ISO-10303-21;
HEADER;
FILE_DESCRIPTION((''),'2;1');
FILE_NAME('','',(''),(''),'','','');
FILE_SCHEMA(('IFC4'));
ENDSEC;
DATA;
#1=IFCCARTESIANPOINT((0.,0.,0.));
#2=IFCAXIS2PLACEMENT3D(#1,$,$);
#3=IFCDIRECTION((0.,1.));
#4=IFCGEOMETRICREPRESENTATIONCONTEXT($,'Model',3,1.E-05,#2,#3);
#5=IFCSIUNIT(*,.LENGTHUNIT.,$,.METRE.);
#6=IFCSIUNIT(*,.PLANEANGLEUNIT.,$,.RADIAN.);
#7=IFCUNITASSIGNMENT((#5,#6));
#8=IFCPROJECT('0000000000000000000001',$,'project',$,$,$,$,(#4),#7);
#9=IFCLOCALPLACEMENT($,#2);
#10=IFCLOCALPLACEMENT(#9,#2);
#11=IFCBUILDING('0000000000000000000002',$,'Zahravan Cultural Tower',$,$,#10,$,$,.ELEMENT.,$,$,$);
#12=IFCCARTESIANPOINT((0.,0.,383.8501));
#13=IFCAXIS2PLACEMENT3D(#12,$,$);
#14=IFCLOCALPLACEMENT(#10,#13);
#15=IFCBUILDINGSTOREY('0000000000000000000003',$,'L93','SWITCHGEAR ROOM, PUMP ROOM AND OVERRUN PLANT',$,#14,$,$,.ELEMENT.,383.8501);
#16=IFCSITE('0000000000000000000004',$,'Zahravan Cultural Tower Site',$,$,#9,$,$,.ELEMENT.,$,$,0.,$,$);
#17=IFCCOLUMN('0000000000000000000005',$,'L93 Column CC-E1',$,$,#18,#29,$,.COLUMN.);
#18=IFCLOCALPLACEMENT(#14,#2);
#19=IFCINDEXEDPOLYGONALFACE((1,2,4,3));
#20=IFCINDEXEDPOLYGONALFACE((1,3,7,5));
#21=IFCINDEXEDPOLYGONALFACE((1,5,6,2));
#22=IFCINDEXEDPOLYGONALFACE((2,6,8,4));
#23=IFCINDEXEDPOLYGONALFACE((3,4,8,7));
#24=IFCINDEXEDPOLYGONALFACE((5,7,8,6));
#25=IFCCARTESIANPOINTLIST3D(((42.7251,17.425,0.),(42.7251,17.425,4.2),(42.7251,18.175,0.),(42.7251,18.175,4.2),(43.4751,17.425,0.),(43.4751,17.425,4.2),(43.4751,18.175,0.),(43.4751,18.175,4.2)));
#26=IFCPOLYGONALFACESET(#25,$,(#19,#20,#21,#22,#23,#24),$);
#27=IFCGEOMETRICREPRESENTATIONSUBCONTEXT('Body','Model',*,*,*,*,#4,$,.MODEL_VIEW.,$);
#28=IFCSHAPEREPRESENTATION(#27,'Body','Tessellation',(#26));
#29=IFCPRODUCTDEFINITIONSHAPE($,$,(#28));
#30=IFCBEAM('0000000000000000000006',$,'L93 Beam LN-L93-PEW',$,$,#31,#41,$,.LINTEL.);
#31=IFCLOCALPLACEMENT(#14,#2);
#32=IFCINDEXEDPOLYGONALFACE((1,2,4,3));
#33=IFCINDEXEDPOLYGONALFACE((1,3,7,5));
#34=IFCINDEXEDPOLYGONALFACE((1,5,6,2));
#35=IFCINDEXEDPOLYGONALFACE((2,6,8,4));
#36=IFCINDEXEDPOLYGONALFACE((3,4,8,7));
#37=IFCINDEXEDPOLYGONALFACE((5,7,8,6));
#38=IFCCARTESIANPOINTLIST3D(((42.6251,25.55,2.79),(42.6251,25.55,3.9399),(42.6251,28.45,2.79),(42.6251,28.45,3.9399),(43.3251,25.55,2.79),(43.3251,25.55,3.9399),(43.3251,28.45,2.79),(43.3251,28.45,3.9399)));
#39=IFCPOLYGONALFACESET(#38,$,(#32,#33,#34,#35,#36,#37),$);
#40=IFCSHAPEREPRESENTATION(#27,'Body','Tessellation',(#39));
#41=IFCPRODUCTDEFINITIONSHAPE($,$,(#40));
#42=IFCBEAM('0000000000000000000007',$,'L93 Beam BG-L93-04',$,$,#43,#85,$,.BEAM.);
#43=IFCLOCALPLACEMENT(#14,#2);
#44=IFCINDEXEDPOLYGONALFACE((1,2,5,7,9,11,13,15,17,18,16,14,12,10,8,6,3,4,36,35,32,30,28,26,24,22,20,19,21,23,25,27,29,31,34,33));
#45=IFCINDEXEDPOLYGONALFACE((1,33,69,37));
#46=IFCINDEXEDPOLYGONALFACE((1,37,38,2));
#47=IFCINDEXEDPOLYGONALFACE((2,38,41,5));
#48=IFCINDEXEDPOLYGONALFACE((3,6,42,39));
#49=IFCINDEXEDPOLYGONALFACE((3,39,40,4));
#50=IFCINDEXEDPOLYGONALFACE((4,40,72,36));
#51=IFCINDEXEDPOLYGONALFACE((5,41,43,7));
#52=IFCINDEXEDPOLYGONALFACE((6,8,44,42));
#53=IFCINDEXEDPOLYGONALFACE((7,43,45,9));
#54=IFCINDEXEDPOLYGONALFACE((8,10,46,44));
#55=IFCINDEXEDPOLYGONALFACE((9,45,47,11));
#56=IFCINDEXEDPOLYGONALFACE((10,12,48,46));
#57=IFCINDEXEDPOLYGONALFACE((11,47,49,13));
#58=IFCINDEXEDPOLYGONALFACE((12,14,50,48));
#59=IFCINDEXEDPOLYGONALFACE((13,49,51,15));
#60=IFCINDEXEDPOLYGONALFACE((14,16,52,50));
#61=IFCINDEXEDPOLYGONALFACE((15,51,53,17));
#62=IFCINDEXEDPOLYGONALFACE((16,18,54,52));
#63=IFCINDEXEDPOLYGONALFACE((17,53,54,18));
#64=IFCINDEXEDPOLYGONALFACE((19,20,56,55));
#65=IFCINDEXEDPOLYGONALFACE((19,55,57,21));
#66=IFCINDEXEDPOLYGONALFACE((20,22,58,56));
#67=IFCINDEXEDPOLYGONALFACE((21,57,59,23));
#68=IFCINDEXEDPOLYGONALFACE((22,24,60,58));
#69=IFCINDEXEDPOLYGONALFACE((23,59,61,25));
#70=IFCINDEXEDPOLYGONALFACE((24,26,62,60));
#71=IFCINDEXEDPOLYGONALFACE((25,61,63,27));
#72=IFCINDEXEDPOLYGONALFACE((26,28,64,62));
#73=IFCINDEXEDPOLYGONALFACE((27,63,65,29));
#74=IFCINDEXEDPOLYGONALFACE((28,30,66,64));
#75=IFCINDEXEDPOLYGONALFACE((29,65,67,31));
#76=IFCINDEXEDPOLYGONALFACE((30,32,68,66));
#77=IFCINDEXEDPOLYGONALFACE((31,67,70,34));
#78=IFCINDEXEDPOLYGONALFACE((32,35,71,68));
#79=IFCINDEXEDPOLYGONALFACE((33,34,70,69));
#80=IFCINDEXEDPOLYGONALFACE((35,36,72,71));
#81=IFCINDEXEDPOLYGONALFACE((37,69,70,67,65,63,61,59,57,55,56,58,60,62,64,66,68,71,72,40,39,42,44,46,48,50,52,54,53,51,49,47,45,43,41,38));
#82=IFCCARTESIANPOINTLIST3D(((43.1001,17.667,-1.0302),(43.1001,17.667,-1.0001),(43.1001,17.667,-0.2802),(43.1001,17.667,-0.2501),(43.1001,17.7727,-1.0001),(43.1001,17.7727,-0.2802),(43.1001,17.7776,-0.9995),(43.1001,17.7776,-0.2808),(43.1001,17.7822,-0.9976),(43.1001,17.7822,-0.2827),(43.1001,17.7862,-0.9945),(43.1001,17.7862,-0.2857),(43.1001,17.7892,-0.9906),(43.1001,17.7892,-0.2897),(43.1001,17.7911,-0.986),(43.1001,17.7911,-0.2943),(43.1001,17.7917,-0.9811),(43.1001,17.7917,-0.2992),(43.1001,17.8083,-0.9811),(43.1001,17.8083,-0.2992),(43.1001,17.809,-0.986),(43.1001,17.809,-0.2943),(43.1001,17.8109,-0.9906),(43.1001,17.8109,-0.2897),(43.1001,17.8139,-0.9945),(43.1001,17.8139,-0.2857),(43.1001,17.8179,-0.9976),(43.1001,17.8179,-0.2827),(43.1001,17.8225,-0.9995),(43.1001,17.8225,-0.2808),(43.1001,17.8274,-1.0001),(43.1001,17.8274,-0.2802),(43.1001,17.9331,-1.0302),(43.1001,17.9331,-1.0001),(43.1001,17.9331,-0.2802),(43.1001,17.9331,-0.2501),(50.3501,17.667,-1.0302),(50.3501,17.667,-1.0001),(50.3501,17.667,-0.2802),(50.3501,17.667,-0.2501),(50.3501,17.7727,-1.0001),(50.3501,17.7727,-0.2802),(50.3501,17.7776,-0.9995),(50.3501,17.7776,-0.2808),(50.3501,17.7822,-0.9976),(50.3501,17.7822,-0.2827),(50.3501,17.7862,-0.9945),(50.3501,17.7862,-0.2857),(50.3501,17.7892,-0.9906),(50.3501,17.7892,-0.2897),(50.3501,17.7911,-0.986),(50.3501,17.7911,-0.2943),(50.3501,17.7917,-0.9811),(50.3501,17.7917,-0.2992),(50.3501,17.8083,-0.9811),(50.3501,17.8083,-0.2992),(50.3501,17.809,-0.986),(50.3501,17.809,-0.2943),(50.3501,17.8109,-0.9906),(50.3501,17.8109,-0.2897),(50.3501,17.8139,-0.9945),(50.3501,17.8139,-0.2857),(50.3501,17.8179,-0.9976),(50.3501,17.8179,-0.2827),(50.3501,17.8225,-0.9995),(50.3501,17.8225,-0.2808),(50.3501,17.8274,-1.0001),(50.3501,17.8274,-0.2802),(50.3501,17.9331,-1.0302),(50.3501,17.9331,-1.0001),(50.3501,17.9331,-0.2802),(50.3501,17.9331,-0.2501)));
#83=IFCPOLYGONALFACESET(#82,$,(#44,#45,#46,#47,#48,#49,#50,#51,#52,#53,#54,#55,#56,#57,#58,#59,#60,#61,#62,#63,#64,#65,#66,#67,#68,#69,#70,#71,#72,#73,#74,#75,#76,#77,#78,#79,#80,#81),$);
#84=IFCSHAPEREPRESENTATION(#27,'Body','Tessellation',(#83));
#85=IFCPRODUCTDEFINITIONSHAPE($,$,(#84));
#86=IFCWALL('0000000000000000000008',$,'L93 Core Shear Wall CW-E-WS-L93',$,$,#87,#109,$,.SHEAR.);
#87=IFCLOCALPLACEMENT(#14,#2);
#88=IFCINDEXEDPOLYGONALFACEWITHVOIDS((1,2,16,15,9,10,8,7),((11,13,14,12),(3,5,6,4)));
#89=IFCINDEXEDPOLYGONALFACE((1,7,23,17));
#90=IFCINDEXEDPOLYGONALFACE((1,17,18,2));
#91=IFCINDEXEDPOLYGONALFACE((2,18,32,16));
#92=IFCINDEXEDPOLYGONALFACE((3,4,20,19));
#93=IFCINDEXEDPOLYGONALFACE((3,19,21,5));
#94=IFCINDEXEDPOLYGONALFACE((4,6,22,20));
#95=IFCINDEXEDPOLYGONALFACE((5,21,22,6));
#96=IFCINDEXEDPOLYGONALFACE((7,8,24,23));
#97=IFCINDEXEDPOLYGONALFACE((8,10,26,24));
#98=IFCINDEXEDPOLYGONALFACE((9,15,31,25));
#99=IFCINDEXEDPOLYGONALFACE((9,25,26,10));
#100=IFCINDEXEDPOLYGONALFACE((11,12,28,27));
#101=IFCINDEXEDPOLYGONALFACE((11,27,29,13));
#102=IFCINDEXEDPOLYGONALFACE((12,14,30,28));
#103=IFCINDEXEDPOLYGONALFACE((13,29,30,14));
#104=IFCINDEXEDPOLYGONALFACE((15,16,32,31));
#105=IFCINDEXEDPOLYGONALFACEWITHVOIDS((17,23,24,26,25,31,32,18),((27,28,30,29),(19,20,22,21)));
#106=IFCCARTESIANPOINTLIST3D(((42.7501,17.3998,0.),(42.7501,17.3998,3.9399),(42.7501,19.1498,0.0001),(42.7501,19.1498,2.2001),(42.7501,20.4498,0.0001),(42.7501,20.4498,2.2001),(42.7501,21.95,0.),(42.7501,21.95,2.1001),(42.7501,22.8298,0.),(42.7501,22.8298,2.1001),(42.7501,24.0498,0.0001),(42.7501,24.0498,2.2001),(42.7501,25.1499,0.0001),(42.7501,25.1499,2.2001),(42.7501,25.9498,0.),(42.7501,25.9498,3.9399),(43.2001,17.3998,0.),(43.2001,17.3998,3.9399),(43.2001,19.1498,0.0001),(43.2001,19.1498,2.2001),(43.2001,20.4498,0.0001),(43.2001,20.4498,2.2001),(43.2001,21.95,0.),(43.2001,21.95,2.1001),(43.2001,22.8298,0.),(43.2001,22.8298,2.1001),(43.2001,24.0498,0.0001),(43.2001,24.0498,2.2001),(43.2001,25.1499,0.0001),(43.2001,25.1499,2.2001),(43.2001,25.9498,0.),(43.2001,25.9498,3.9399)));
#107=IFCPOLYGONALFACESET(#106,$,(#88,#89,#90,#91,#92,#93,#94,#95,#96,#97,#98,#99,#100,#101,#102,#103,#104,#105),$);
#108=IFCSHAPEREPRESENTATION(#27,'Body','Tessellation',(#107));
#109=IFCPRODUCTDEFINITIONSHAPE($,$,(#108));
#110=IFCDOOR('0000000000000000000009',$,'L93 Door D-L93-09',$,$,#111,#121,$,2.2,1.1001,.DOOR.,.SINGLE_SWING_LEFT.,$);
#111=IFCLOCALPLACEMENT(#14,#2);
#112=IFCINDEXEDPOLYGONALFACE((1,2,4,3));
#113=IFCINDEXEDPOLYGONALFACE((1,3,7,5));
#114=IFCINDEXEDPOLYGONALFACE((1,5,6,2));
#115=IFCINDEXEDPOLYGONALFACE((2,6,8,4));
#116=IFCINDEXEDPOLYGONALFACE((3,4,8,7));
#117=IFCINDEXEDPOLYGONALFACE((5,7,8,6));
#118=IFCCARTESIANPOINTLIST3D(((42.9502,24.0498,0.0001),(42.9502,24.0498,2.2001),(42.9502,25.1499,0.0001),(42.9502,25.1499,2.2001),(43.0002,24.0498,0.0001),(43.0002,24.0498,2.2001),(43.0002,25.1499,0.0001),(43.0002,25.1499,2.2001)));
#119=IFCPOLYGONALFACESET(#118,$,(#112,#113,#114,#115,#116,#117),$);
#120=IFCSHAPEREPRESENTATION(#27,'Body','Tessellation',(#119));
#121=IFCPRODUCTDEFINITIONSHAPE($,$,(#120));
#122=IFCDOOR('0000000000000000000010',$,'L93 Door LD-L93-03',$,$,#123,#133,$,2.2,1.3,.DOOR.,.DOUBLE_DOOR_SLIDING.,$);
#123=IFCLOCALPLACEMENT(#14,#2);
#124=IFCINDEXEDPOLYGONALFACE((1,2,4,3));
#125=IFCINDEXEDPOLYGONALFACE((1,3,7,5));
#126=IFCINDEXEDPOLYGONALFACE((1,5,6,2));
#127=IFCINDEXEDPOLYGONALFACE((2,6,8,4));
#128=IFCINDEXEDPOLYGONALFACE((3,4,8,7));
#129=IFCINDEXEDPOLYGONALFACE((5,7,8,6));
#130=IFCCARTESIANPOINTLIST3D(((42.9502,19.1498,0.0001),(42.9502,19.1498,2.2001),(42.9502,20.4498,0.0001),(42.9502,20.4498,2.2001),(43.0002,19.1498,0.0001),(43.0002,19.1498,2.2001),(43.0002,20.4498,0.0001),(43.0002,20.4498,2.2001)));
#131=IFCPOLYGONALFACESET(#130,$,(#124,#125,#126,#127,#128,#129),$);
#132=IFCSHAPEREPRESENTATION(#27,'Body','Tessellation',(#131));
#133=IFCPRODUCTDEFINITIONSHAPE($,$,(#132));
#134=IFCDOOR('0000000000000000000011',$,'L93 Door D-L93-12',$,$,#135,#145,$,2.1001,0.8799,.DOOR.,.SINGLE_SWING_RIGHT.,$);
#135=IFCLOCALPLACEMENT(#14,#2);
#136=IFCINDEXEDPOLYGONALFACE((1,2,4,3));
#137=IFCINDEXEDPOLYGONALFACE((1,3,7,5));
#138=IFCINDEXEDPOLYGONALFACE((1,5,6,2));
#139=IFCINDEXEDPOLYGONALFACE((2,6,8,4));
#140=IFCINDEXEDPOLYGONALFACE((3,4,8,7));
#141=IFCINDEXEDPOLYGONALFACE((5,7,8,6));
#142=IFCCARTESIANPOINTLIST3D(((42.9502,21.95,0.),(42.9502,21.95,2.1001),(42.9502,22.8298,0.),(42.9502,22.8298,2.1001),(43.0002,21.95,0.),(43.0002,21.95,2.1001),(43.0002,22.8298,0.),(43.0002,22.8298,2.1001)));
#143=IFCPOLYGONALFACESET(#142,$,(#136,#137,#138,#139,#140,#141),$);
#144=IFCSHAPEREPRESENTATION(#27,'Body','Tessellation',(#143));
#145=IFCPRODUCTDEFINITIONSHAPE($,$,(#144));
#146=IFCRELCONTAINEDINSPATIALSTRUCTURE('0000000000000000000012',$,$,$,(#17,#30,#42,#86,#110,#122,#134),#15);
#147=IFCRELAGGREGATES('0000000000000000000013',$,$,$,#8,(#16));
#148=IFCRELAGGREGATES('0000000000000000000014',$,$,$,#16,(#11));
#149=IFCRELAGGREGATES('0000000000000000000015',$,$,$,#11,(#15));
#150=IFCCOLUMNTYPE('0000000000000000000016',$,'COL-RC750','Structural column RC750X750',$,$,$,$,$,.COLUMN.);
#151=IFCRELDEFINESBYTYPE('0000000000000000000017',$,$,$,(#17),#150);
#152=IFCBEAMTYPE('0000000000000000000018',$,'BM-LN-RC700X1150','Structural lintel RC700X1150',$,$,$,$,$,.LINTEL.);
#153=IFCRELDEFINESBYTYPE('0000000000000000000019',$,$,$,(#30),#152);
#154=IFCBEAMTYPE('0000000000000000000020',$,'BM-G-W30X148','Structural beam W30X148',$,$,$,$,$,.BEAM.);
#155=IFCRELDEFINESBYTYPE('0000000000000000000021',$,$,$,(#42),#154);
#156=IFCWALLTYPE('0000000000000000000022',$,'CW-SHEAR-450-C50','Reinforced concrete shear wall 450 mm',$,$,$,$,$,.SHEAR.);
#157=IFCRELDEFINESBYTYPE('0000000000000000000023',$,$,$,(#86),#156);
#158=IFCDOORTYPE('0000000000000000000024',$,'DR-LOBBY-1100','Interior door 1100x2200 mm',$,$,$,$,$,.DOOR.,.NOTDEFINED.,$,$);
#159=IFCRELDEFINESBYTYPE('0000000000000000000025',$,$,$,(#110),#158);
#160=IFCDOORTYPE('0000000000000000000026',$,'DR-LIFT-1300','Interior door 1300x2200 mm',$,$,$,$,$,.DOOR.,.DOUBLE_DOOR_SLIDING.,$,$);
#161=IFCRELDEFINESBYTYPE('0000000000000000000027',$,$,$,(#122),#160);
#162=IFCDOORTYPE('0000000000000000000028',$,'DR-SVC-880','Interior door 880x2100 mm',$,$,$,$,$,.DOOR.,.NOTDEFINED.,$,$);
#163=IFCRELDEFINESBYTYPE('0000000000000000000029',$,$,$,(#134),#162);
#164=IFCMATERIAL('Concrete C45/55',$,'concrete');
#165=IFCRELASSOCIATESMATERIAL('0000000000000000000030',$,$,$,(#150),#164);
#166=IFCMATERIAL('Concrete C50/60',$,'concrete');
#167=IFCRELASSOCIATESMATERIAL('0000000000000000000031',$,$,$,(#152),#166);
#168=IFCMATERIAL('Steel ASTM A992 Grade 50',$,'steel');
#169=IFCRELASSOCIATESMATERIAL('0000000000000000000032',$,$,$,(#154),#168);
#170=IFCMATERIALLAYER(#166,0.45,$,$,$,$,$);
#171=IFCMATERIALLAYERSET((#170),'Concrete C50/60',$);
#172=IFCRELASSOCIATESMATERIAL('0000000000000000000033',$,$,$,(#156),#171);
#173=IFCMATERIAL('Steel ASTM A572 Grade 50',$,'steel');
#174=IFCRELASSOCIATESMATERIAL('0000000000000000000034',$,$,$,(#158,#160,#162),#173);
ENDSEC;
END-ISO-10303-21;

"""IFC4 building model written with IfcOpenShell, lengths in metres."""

from ifc_helpers import new_model, si_unit, direction, frame, frame_2d, origin, origin_2d, place, context, subcontext, project, spatial, rectangle, i_section, extrude, source, transform, mapped, material, layer, layer_set, material_profile, profile_set, type_object, element, fill, save


model = new_model("IFC4")

# Units and contexts
model_context = context("Model", 3, precision=1e-05, world=origin(), true_north=direction((0.0, 1.0)))
body_context = subcontext(model_context, "Body", "Model", "MODEL_VIEW")
ifc_project = project(units=[si_unit("LENGTHUNIT", "METRE"), si_unit("PLANEANGLEUNIT", "RADIAN")], contexts=[model_context])

# Site, building, storey
site_placement = place(None, origin())
site = spatial("IfcSite", under=ifc_project, at=site_placement, Name="Zahravan Cultural Tower Site", CompositionType="ELEMENT", RefElevation=0.0)
building_placement = place(site_placement, origin())
building = spatial("IfcBuilding", under=site, at=building_placement, Name="Zahravan Cultural Tower", CompositionType="ELEMENT")
storey_placement = place(building_placement, frame((0.0, 0.0, 383.8501)))
storey = spatial("IfcBuildingStorey", under=building, at=storey_placement, Name="L93", Description="SWITCHGEAR ROOM, PUMP ROOM AND OVERRUN PLANT", CompositionType="ELEMENT", Elevation=383.8501)

# Column
ifc_material_1 = material(Name="Concrete C45/55", Category="concrete")
ifc_material_profile_1 = material_profile(ifc_material_1, rectangle(XDim=0.75, YDim=0.75, at=origin_2d()), Name="RC750X750")
ifc_profile_set_1 = profile_set([ifc_material_profile_1], Name="Concrete C45/55")
column_type = type_object("IfcColumnType", Name="COL-RC750", Description="Structural column RC750X750", PredefinedType="COLUMN", material=ifc_profile_set_1)
shared_shape_1 = source(origin(), body_context, "Body", "SweptSolid", [
    extrude(rectangle(XDim=0.75, YDim=0.75, at=origin_2d()), origin(), (0.0, 0.0, 1.0), 4.2),
])
column_placement = place(storey_placement, frame((43.1001, 17.8, 0.0), z_axis=(0.0, 0.0, 1.0), x_axis=(1.0, 0.0, 0.0)))
element("IfcColumn", 1, at=column_placement, inside=storey, type_object=column_type, Name="L93 Column CC-E1", PredefinedType="COLUMN", context=body_context, shape_type="MappedRepresentation", body=[
    mapped(shared_shape_1, transform((0.0, 0.0, 0.0), x_axis=(1.0, 0.0, 0.0), y_axis=(0.0, 1.0, 0.0), z_axis=(0.0, 0.0, 1.0), scale=1.0)),
])

# Beams
ifc_material_2 = material(Name="Concrete C50/60", Category="concrete")
ifc_material_profile_2 = material_profile(ifc_material_2, rectangle(XDim=0.7, YDim=1.1499, at=origin_2d()), Name="RC700X1150")
ifc_profile_set_2 = profile_set([ifc_material_profile_2], Name="Concrete C50/60")
beam_type_1 = type_object("IfcBeamType", Name="BM-LN-RC700X1150", Description="Structural lintel RC700X1150", PredefinedType="LINTEL", material=ifc_profile_set_2)
shared_shape_2 = source(origin(), body_context, "Body", "SweptSolid", [
    extrude(rectangle(XDim=0.7, YDim=1.1499, at=origin_2d()), origin(), (0.0, 0.0, 1.0), 2.8999),
])
beam_1_placement = place(storey_placement, frame((42.9751, 25.55, 3.365), z_axis=(0.0, 1.0, 0.0), x_axis=(-1.0, 0.0, 0.0)))
element("IfcBeam", 2, at=beam_1_placement, inside=storey, type_object=beam_type_1, Name="L93 Beam LN-L93-PEW", PredefinedType="LINTEL", context=body_context, shape_type="MappedRepresentation", body=[
    mapped(shared_shape_2, transform((0.0, 0.0, 0.0), x_axis=(1.0, 0.0, 0.0), y_axis=(0.0, 1.0, 0.0), z_axis=(0.0, 0.0, 1.0), scale=1.0)),
])
ifc_material_3 = material(Name="Steel ASTM A992 Grade 50", Category="steel")
ifc_material_profile_3 = material_profile(ifc_material_3, i_section(OverallWidth=0.2661, OverallDepth=0.78, WebThickness=0.0166, FlangeThickness=0.03, FilletRadius=0.019, at=origin_2d()), Name="W30X148")
ifc_profile_set_3 = profile_set([ifc_material_profile_3], Name="Steel ASTM A992 Grade 50")
beam_type_2 = type_object("IfcBeamType", Name="BM-G-W30X148", Description="Structural beam W30X148", PredefinedType="BEAM", material=ifc_profile_set_3)
shared_shape_3 = source(origin(), body_context, "Body", "SweptSolid", [
    extrude(i_section(OverallWidth=0.2661, OverallDepth=0.78, WebThickness=0.0166, FlangeThickness=0.03, FilletRadius=0.019, at=origin_2d()), origin(), (0.0, 0.0, 1.0), 7.25),
])
beam_2_placement = place(storey_placement, frame((43.1001, 17.8, -0.6401), z_axis=(1.0, 0.0, 0.0), x_axis=(0.0, 1.0, 0.0)))
element("IfcBeam", 3, at=beam_2_placement, inside=storey, type_object=beam_type_2, Name="L93 Beam BG-L93-04", PredefinedType="BEAM", context=body_context, shape_type="MappedRepresentation", body=[
    mapped(shared_shape_3, transform((0.0, 0.0, 0.0), x_axis=(1.0, 0.0, 0.0), y_axis=(0.0, 1.0, 0.0), z_axis=(0.0, 0.0, 1.0), scale=1.0)),
])

# Wall, openings, doors
ifc_layer_1 = layer(ifc_material_2, 0.45)
ifc_layer_set_1 = layer_set([ifc_layer_1], Name="Concrete C50/60")
wall_type_1 = type_object("IfcWallType", Name="CW-SHEAR-450-C50", Description="Reinforced concrete shear wall 450 mm", PredefinedType="SHEAR", material=ifc_layer_set_1)
wall_1_placement = place(storey_placement, frame((42.9751, 17.3999, 0.0), z_axis=(0.0, 0.0, 1.0), x_axis=(0.0, 1.0, 0.0)))
wall_1 = element("IfcWall", 4, at=wall_1_placement, inside=storey, type_object=wall_type_1, Name="L93 Core Shear Wall CW-E-WS-L93", PredefinedType="SHEAR", context=body_context, shape_type="SweptSolid", body=[
    extrude(rectangle(XDim=8.55, YDim=0.45, at=frame_2d((4.2749, 0.0))), origin(), (0.0, 0.0, 1.0), 3.9399),
])
opening_1_placement = place(wall_1_placement, frame((6.6499, 0.0, 0.0)))
opening_1 = element("IfcOpeningElement", 5, at=opening_1_placement, cuts=wall_1, PredefinedType="OPENING", context=body_context, shape_type="SweptSolid", body=[
    extrude(rectangle(XDim=1.1001, YDim=2.2, at=frame_2d((0.55, 1.1001))), frame((0.0, 0.2349, 0.0), z_axis=(0.0, -1.0, 0.0), x_axis=(1.0, 0.0, 0.0)), (0.0, 0.0, 1.0), 0.47),
])
opening_2_placement = place(wall_1_placement, frame((1.75, 0.0, 0.0)))
opening_2 = element("IfcOpeningElement", 6, at=opening_2_placement, cuts=wall_1, PredefinedType="OPENING", context=body_context, shape_type="SweptSolid", body=[
    extrude(rectangle(XDim=1.3, YDim=2.2, at=frame_2d((0.6499, 1.1001))), frame((0.0, 0.2349, 0.0), z_axis=(0.0, -1.0, 0.0), x_axis=(1.0, 0.0, 0.0)), (0.0, 0.0, 1.0), 0.47),
])
opening_3_placement = place(wall_1_placement, frame((4.55, 0.0, 0.0)))
opening_3 = element("IfcOpeningElement", 7, at=opening_3_placement, cuts=wall_1, PredefinedType="OPENING", context=body_context, shape_type="SweptSolid", body=[
    extrude(rectangle(XDim=0.8799, YDim=2.1001, at=frame_2d((0.4399, 1.05))), frame((0.0, 0.2349, 0.0), z_axis=(0.0, -1.0, 0.0), x_axis=(1.0, 0.0, 0.0)), (0.0, 0.0, 1.0), 0.47),
])
ifc_material_4 = material(Name="Steel ASTM A572 Grade 50", Category="steel")
door_type_1 = type_object("IfcDoorType", Name="DR-LOBBY-1100", Description="Interior door 1100x2200 mm", OperationType="NOTDEFINED", PredefinedType="DOOR", material=ifc_material_4)
shared_shape_4 = source(origin(), body_context, "Body", "SweptSolid", [
    extrude(rectangle(XDim=1.1001, YDim=2.2, at=frame_2d((0.55, 1.1001))), frame((0.0, 0.0249, 0.0), z_axis=(0.0, -1.0, 0.0), x_axis=(1.0, 0.0, 0.0)), (0.0, 0.0, 1.0), 0.05),
])
door_1_placement = place(opening_1_placement, origin())
door_1 = element("IfcDoor", 8, at=door_1_placement, inside=storey, type_object=door_type_1, Name="L93 Door D-L93-09", OperationType="SINGLE_SWING_LEFT", OverallHeight=2.2, OverallWidth=1.1001, PredefinedType="DOOR", context=body_context, shape_type="MappedRepresentation", body=[
    mapped(shared_shape_4, transform((0.0, 0.0, 0.0), x_axis=(1.0, 0.0, 0.0), y_axis=(0.0, 1.0, 0.0), z_axis=(0.0, 0.0, 1.0), scale=1.0)),
])
fill(opening_1, door_1)
door_type_2 = type_object("IfcDoorType", Name="DR-LIFT-1300", Description="Interior door 1300x2200 mm", OperationType="DOUBLE_DOOR_SLIDING", PredefinedType="DOOR", material=ifc_material_4)
shared_shape_5 = source(origin(), body_context, "Body", "SweptSolid", [
    extrude(rectangle(XDim=1.3, YDim=2.2, at=frame_2d((0.6499, 1.1001))), frame((0.0, 0.0249, 0.0), z_axis=(0.0, -1.0, 0.0), x_axis=(1.0, 0.0, 0.0)), (0.0, 0.0, 1.0), 0.05),
])
door_2_placement = place(opening_2_placement, origin())
door_2 = element("IfcDoor", 9, at=door_2_placement, inside=storey, type_object=door_type_2, Name="L93 Door LD-L93-03", OperationType="DOUBLE_DOOR_SLIDING", OverallHeight=2.2, OverallWidth=1.3, PredefinedType="DOOR", context=body_context, shape_type="MappedRepresentation", body=[
    mapped(shared_shape_5, transform((0.0, 0.0, 0.0), x_axis=(1.0, 0.0, 0.0), y_axis=(0.0, 1.0, 0.0), z_axis=(0.0, 0.0, 1.0), scale=1.0)),
])
fill(opening_2, door_2)
door_type_3 = type_object("IfcDoorType", Name="DR-SVC-880", Description="Interior door 880x2100 mm", OperationType="NOTDEFINED", PredefinedType="DOOR", material=ifc_material_4)
shared_shape_6 = source(origin(), body_context, "Body", "SweptSolid", [
    extrude(rectangle(XDim=0.8799, YDim=2.1001, at=frame_2d((0.4399, 1.05))), frame((0.0, 0.0249, 0.0), z_axis=(0.0, -1.0, 0.0), x_axis=(1.0, 0.0, 0.0)), (0.0, 0.0, 1.0), 0.05),
])
door_3_placement = place(opening_3_placement, origin())
door_3 = element("IfcDoor", 10, at=door_3_placement, inside=storey, type_object=door_type_3, Name="L93 Door D-L93-12", OperationType="SINGLE_SWING_RIGHT", OverallHeight=2.1001, OverallWidth=0.8799, PredefinedType="DOOR", context=body_context, shape_type="MappedRepresentation", body=[
    mapped(shared_shape_6, transform((0.0, 0.0, 0.0), x_axis=(1.0, 0.0, 0.0), y_axis=(0.0, 1.0, 0.0), z_axis=(0.0, 0.0, 1.0), scale=1.0)),
])
fill(opening_3, door_3)

save(model, "model.ifc")
